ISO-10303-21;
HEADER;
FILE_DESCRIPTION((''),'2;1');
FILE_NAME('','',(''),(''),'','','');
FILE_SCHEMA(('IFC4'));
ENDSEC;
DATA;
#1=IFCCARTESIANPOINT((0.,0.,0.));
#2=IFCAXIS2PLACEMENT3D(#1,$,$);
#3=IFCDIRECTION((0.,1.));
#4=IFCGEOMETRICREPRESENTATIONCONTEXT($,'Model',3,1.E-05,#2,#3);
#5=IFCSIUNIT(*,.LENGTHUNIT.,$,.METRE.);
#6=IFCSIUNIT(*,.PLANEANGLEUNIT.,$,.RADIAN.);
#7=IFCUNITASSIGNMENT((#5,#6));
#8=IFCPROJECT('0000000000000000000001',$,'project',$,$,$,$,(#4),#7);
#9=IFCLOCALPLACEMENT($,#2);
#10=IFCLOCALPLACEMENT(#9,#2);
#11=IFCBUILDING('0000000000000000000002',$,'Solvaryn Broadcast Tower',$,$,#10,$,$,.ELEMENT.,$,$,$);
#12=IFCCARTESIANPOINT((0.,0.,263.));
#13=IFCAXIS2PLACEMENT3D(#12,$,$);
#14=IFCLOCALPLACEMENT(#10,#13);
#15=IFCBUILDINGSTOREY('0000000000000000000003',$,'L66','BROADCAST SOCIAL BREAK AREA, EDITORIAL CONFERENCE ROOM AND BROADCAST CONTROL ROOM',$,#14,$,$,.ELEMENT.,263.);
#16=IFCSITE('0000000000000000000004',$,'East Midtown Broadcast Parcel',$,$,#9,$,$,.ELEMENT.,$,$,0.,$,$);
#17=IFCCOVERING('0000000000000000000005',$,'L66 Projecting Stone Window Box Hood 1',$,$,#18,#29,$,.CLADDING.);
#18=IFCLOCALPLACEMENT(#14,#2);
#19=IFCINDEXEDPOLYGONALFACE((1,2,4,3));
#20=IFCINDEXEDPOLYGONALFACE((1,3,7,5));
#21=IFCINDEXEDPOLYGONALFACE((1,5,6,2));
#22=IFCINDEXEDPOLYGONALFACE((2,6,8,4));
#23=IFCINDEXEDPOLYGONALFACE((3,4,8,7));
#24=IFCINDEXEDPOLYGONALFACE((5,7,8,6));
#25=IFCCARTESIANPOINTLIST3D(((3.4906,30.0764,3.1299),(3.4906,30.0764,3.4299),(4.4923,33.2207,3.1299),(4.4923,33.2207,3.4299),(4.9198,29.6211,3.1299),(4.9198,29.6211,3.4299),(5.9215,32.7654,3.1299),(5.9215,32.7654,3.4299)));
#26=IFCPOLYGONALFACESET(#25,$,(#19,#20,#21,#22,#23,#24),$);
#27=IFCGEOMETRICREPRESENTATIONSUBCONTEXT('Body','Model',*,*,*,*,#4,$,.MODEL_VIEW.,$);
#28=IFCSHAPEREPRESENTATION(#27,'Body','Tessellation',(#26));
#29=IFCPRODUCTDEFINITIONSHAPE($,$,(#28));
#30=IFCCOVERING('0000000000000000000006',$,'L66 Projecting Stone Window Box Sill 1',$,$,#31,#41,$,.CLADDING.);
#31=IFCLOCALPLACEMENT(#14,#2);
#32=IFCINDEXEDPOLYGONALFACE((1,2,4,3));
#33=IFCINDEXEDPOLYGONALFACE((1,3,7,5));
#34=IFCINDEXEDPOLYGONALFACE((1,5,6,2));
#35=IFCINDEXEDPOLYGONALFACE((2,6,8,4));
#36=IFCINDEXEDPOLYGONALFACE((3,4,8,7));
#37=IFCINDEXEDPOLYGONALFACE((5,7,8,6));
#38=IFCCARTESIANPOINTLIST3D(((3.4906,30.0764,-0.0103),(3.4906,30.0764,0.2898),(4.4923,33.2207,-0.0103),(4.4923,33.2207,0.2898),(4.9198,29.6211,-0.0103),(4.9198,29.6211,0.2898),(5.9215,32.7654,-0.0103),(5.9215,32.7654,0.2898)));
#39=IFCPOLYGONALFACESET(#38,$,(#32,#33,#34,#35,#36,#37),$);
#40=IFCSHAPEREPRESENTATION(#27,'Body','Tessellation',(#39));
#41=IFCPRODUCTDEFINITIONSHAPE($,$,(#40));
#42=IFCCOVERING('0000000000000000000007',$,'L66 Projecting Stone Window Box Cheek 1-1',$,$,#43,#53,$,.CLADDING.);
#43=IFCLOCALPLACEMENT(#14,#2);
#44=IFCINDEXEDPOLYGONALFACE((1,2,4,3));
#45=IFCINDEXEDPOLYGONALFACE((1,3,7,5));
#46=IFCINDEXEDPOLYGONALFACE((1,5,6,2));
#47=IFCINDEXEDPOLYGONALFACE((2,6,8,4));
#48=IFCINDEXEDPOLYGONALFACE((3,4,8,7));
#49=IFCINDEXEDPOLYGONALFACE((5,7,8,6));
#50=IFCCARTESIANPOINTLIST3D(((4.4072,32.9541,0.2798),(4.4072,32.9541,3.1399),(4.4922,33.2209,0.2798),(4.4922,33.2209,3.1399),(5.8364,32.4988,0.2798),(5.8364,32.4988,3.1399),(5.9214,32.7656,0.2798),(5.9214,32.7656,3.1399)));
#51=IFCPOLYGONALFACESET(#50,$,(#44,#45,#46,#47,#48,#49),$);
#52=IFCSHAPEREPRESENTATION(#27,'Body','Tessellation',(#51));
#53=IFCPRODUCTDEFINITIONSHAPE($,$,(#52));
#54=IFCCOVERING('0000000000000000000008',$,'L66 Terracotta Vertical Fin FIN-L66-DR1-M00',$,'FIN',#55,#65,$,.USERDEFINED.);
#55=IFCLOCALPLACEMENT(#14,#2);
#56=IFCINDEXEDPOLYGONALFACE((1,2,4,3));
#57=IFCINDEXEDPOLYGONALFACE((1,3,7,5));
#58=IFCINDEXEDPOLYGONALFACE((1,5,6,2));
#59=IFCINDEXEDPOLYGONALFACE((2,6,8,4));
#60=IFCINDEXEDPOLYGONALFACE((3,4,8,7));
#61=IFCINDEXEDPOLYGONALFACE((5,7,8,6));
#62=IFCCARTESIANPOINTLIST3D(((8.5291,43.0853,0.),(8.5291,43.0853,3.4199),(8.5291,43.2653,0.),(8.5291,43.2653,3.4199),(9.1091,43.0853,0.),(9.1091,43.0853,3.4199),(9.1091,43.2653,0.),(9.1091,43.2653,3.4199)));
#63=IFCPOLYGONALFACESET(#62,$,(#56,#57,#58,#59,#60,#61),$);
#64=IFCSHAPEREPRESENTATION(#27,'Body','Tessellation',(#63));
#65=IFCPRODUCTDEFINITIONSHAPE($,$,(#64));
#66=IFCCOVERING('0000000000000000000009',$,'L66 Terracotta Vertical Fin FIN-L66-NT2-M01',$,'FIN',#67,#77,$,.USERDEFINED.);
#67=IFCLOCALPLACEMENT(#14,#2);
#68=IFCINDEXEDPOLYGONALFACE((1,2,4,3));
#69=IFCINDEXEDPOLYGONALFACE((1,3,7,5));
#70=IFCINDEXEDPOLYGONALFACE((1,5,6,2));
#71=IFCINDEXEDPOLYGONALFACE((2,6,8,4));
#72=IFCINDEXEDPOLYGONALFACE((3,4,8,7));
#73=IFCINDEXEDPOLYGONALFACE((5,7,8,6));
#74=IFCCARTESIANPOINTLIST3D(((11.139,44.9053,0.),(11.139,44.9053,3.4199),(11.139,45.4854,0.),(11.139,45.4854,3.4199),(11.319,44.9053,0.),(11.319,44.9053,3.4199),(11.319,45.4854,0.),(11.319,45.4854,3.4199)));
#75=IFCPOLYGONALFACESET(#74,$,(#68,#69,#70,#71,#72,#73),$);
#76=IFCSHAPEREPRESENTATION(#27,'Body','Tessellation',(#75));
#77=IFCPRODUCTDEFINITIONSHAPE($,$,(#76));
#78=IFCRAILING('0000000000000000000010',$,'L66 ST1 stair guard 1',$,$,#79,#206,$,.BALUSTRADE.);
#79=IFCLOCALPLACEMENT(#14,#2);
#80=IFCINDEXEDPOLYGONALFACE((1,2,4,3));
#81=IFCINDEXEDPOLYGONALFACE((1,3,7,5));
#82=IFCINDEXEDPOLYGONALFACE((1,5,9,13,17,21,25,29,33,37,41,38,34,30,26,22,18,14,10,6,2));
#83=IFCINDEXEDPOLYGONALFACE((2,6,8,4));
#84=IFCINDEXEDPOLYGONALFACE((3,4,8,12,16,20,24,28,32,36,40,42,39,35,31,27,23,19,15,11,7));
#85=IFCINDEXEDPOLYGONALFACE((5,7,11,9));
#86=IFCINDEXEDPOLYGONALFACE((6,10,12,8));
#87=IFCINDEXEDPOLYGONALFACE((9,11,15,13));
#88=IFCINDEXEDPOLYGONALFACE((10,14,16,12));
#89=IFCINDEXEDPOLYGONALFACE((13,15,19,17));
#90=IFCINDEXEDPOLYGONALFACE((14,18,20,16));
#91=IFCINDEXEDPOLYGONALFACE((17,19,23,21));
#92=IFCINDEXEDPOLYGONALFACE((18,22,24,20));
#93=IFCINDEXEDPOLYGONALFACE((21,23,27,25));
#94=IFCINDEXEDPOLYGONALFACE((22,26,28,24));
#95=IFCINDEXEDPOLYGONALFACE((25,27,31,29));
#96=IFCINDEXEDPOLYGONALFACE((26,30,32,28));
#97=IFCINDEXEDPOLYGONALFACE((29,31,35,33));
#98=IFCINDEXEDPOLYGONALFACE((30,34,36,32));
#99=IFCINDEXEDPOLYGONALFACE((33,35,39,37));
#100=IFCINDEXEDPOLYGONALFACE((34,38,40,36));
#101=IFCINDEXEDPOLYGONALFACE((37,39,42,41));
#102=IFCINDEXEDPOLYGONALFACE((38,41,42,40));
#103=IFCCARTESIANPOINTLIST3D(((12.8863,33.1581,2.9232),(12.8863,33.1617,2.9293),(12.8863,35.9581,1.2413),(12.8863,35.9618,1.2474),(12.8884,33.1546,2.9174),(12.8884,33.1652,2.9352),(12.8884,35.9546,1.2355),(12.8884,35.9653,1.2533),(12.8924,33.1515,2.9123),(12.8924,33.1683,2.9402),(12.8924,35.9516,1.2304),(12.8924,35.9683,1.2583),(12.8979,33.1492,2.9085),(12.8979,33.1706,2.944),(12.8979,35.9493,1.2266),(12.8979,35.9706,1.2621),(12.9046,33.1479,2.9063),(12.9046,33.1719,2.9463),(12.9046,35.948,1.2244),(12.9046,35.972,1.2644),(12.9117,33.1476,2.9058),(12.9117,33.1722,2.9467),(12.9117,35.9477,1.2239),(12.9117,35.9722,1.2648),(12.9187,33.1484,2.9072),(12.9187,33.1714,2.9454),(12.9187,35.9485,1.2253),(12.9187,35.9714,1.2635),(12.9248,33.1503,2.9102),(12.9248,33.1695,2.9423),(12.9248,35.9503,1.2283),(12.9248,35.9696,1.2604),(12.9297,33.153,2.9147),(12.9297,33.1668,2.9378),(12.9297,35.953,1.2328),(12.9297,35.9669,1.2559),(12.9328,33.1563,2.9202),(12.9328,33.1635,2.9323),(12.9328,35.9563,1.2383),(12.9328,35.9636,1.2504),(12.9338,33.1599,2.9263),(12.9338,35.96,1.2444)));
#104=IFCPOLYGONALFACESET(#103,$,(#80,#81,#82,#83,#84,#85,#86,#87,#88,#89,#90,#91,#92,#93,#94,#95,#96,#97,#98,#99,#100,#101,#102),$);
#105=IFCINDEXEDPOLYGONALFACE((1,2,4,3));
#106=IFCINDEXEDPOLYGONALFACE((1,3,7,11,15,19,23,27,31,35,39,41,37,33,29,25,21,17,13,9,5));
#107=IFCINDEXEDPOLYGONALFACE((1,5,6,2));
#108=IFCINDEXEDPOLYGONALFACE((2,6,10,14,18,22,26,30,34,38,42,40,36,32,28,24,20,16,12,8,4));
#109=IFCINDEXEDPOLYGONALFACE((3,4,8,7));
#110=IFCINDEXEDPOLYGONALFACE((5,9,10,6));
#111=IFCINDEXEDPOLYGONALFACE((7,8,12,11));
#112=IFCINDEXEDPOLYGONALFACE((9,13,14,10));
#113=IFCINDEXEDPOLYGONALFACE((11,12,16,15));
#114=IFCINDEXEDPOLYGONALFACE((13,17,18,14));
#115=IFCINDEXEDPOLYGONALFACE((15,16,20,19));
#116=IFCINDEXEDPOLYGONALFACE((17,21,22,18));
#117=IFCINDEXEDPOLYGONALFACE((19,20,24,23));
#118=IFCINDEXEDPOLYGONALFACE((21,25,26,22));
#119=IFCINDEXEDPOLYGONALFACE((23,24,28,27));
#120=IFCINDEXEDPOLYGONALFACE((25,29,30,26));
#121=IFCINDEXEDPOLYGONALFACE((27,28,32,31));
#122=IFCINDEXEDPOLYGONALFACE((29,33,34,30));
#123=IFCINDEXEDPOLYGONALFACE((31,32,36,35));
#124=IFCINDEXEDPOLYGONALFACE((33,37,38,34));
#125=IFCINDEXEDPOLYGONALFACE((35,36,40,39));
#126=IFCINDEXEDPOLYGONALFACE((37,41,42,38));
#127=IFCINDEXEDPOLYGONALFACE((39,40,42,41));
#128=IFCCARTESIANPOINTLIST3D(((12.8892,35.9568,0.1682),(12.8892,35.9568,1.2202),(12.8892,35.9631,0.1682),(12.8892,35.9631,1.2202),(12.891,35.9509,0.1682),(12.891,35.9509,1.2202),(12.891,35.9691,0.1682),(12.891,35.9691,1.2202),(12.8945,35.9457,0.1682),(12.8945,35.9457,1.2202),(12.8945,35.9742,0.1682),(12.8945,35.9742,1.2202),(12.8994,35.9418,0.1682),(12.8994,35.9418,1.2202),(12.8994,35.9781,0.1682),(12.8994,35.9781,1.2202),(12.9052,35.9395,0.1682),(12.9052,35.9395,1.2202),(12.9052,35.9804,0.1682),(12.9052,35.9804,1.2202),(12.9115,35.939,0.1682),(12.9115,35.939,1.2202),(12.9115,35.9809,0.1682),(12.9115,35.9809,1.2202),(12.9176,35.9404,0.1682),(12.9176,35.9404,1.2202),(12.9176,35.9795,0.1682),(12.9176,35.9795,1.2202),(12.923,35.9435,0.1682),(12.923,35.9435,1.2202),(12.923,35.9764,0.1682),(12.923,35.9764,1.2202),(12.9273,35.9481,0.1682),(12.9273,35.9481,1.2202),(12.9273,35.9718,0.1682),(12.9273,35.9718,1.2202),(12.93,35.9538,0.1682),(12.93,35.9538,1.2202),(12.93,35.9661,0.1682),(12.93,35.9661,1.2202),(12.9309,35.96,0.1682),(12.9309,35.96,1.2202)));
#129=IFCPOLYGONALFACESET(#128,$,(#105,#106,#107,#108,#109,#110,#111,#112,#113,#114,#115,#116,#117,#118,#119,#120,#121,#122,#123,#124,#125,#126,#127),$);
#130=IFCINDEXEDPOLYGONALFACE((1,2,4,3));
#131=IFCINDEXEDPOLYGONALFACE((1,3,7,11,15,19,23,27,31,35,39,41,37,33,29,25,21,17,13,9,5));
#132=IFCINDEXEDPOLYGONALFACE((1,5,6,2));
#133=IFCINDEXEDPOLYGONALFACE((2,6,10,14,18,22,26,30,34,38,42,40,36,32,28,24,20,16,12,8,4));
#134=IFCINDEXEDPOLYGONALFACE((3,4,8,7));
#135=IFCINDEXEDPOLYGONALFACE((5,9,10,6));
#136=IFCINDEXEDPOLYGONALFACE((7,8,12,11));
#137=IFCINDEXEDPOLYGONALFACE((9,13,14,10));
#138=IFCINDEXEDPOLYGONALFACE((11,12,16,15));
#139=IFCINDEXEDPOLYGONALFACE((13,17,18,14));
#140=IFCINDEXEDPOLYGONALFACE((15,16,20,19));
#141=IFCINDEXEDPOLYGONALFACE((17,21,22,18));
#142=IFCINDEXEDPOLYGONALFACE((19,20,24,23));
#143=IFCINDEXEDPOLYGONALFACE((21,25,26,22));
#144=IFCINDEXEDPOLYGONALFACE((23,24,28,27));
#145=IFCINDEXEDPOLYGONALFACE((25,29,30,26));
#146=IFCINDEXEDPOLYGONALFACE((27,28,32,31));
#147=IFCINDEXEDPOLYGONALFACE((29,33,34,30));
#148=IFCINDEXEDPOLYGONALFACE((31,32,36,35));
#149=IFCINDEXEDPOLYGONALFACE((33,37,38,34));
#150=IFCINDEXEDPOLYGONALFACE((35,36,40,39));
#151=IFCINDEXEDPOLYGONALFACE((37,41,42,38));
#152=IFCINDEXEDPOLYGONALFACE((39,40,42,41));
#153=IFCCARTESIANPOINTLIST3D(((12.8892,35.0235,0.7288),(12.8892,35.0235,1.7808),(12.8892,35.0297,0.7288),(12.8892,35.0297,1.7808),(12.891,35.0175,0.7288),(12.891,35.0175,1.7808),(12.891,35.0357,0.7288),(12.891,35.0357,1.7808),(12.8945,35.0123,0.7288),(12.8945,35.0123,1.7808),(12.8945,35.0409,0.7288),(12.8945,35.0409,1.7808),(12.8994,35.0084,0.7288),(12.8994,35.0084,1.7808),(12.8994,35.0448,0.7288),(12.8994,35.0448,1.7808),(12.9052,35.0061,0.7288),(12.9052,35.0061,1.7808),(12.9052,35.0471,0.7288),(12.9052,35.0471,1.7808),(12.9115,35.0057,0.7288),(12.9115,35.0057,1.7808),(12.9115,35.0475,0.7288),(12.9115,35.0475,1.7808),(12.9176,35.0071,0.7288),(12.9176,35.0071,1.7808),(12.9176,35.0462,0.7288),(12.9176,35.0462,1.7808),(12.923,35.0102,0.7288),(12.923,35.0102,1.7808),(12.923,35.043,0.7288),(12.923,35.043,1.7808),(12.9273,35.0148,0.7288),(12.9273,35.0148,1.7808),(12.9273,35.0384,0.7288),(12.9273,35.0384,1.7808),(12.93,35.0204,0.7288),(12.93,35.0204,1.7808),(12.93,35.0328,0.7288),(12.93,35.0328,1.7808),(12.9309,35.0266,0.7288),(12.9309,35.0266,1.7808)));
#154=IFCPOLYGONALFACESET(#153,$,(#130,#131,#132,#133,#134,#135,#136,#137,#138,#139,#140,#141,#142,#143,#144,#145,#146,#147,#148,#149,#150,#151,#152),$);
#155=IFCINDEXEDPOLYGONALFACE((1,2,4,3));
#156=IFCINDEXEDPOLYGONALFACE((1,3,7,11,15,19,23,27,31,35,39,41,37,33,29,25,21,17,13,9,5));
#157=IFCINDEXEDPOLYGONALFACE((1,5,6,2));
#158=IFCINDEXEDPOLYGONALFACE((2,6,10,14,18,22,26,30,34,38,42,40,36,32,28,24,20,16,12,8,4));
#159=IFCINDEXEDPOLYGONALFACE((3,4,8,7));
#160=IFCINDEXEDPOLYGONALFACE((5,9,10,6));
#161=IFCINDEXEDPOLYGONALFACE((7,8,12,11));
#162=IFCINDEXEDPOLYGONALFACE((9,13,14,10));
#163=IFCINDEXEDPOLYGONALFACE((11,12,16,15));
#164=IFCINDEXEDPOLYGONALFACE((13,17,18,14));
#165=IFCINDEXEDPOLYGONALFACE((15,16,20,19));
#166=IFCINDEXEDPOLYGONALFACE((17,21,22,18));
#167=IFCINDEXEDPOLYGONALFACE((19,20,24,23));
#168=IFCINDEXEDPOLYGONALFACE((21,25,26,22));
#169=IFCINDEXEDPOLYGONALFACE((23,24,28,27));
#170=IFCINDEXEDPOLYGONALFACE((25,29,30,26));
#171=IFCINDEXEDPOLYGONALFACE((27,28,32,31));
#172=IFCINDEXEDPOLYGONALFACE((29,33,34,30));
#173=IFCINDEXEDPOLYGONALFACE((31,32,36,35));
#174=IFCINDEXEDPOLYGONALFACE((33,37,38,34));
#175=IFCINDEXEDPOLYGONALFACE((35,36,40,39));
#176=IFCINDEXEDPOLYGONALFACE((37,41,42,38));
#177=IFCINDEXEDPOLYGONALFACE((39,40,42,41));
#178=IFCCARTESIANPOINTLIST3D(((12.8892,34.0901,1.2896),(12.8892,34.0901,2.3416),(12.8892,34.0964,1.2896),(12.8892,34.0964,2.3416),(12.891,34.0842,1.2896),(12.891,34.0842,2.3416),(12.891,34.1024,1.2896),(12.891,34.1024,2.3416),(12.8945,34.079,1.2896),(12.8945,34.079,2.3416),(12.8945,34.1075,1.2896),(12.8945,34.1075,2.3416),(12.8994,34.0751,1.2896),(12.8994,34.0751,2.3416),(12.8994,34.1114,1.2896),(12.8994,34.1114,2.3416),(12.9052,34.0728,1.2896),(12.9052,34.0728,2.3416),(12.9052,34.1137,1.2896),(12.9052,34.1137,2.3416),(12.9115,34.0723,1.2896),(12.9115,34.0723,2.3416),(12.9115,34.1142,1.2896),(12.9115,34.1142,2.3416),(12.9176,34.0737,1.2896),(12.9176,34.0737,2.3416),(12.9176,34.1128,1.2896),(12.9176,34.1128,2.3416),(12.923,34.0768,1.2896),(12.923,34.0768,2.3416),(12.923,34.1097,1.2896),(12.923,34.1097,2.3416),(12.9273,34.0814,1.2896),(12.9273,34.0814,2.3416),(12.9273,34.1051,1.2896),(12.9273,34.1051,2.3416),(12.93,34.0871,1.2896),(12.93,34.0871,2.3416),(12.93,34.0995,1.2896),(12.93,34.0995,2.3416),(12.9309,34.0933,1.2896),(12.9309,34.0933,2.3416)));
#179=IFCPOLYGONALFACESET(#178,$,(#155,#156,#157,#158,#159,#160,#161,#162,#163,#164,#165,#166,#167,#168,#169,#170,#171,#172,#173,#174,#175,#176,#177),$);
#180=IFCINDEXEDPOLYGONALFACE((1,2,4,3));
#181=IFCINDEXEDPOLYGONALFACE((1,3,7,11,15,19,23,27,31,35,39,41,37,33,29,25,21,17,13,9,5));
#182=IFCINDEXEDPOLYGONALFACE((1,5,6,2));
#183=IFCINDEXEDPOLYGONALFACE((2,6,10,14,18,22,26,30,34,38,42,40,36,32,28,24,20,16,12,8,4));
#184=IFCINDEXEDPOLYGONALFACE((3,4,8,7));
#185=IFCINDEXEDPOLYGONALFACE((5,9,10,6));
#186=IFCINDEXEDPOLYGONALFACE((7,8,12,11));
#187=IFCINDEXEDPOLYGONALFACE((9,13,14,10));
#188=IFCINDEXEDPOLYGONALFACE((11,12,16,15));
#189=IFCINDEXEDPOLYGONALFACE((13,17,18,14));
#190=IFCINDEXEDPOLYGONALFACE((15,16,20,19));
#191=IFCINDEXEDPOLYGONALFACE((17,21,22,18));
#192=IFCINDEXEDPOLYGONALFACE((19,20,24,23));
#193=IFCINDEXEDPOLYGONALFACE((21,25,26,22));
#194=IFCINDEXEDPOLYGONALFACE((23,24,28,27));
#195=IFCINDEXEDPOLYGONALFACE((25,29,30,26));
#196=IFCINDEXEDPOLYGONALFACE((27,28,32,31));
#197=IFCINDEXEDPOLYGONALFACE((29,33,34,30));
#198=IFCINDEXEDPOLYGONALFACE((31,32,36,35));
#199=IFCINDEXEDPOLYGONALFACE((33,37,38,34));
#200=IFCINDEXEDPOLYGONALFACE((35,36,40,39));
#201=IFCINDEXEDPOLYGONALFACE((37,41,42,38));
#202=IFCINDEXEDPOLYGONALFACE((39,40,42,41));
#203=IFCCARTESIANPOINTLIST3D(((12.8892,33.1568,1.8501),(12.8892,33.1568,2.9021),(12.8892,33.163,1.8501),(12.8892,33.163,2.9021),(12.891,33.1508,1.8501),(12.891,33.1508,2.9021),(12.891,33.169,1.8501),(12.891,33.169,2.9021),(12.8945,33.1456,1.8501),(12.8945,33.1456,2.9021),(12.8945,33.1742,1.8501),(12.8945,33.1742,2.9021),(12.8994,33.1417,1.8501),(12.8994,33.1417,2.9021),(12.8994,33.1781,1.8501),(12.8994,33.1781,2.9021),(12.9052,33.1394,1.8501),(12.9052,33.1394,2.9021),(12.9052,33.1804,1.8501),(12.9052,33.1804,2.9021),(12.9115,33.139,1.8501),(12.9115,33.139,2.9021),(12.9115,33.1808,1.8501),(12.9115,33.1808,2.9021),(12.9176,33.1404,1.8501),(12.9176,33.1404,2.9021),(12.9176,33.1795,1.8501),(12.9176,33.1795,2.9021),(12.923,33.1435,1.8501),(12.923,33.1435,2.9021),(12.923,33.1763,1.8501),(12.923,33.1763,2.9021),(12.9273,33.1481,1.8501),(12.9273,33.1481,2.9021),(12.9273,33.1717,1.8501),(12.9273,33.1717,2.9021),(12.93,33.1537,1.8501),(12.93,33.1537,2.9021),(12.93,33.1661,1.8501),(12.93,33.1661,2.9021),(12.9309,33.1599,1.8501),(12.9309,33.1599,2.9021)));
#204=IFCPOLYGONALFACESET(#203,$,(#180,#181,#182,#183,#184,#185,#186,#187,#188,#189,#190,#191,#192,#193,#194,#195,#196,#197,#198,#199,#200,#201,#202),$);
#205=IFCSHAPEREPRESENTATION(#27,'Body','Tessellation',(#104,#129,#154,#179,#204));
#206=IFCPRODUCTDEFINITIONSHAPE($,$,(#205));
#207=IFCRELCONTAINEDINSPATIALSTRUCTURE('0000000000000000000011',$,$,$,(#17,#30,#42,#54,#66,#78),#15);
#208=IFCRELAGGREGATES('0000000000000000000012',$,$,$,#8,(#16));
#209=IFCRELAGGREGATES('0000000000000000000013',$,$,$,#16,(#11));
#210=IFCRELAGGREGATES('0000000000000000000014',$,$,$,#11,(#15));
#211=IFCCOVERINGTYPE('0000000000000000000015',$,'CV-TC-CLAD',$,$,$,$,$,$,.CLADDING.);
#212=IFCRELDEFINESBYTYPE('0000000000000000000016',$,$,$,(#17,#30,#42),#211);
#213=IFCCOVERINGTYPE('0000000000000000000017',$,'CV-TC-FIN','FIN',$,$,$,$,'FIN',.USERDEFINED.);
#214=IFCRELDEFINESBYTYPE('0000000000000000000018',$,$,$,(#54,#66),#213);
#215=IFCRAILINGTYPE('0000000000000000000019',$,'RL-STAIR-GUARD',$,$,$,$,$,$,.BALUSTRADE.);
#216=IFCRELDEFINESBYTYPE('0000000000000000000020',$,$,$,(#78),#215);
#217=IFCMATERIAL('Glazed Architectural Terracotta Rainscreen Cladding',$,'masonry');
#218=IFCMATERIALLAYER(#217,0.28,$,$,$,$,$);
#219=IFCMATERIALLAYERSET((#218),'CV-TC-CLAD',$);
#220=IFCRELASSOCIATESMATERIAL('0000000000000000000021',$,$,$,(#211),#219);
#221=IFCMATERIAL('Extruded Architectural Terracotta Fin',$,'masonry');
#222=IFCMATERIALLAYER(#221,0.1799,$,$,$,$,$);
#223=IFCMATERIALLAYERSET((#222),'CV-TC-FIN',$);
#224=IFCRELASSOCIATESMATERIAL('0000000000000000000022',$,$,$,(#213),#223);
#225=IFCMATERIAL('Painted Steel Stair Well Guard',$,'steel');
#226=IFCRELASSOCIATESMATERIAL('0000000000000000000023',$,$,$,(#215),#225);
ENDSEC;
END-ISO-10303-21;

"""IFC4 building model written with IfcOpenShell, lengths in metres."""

from ifc_helpers import new_model, si_unit, direction, frame, origin, origin_2d, place, context, subcontext, project, spatial, rectangle, circle, extrude, material, layer, layer_set, type_object, element, save


model = new_model("IFC4")

# Units and contexts
model_context = context("Model", 3, precision=1e-05, world=origin(), true_north=direction((0.0, 1.0)))
body_context = subcontext(model_context, "Body", "Model", "MODEL_VIEW")
ifc_project = project(units=[si_unit("LENGTHUNIT", "METRE"), si_unit("PLANEANGLEUNIT", "RADIAN")], contexts=[model_context])

# Site, building, storey
site_placement = place(None, origin())
site = spatial("IfcSite", under=ifc_project, at=site_placement, Name="East Midtown Broadcast Parcel", CompositionType="ELEMENT", RefElevation=0.0)
building_placement = place(site_placement, origin())
building = spatial("IfcBuilding", under=site, at=building_placement, Name="Solvaryn Broadcast Tower", CompositionType="ELEMENT")
storey_placement = place(building_placement, frame((0.0, 0.0, 263.0)))
storey = spatial("IfcBuildingStorey", under=building, at=storey_placement, Name="L66", Description="BROADCAST SOCIAL BREAK AREA, EDITORIAL CONFERENCE ROOM AND BROADCAST CONTROL ROOM", CompositionType="ELEMENT", Elevation=263.0)

# Coverings
ifc_material_1 = material(Name="Glazed Architectural Terracotta Rainscreen Cladding", Category="masonry")
ifc_layer_1 = layer(ifc_material_1, 0.28)
ifc_layer_set_1 = layer_set([ifc_layer_1], Name="CV-TC-CLAD")
covering_type_1 = type_object("IfcCoveringType", Name="CV-TC-CLAD", PredefinedType="CLADDING", material=ifc_layer_set_1)
for number, where, z_axis, x_axis, name in (
    (1, (4.7061, 31.4209, 3.1299), (0.0, 0.0, 1.0), (-0.303534, -0.952821, 0.0), "L66 Projecting Stone Window Box Hood 1"),
    (2, (4.7061, 31.4209, -0.0103), (0.0, 0.0, 1.0), (-0.303534, -0.952821, 0.0), "L66 Projecting Stone Window Box Sill 1"),
):
    element("IfcCovering", number, at=place(storey_placement, frame(where, z_axis=z_axis, x_axis=x_axis)), inside=storey, type_object=covering_type_1, Name=name, PredefinedType="CLADDING", context=body_context, shape_type="SweptSolid", body=[
        extrude(rectangle(XDim=3.3, YDim=1.5, at=origin_2d()), origin(), (0.0, 0.0, 1.0), 0.3),
    ])
covering_1_placement = place(storey_placement, frame((5.1643, 32.8599, 0.2798), z_axis=(0.0, 0.0, 1.0), x_axis=(-0.303534, -0.952821, 0.0)))
element("IfcCovering", 3, at=covering_1_placement, inside=storey, type_object=covering_type_1, Name="L66 Projecting Stone Window Box Cheek 1-1", PredefinedType="CLADDING", context=body_context, shape_type="SweptSolid", body=[
    extrude(rectangle(XDim=0.28, YDim=1.5, at=origin_2d()), origin(), (0.0, 0.0, 1.0), 2.8601),
])
ifc_material_2 = material(Name="Extruded Architectural Terracotta Fin", Category="masonry")
ifc_layer_2 = layer(ifc_material_2, 0.1799)
ifc_layer_set_2 = layer_set([ifc_layer_2], Name="CV-TC-FIN")
covering_type_2 = type_object("IfcCoveringType", Name="CV-TC-FIN", Description="FIN", ElementType="FIN", PredefinedType="USERDEFINED", material=ifc_layer_set_2)
covering_2_placement = place(storey_placement, frame((8.8191, 43.1753, 0.0), z_axis=(0.0, 0.0, 1.0), x_axis=(1.0, 0.0, 0.0)))
element("IfcCovering", 4, at=covering_2_placement, inside=storey, type_object=covering_type_2, Name="L66 Terracotta Vertical Fin FIN-L66-DR1-M00", ObjectType="FIN", PredefinedType="USERDEFINED", context=body_context, shape_type="SweptSolid", body=[
    extrude(rectangle(XDim=0.5801, YDim=0.1799, at=origin_2d()), origin(), (0.0, 0.0, 1.0), 3.4199),
])
covering_3_placement = place(storey_placement, frame((11.229, 45.1953, 0.0), z_axis=(0.0, 0.0, 1.0), x_axis=(1.0, 0.0, 0.0)))
element("IfcCovering", 5, at=covering_3_placement, inside=storey, type_object=covering_type_2, Name="L66 Terracotta Vertical Fin FIN-L66-NT2-M01", ObjectType="FIN", PredefinedType="USERDEFINED", context=body_context, shape_type="SweptSolid", body=[
    extrude(rectangle(XDim=0.1799, YDim=0.5801, at=origin_2d()), origin(), (0.0, 0.0, 1.0), 3.4199),
])

# Railing
ifc_material_3 = material(Name="Painted Steel Stair Well Guard", Category="steel")
railing_type_1 = type_object("IfcRailingType", Name="RL-STAIR-GUARD", PredefinedType="BALUSTRADE", material=ifc_material_3)
railing_1_placement = place(storey_placement, frame((12.9099, 35.96, 0.1682)))
element("IfcRailing", 6, at=railing_1_placement, inside=storey, type_object=railing_type_1, Name="L66 ST1 stair guard 1", PredefinedType="BALUSTRADE", context=body_context, shape_type="SweptSolid", body=[
    extrude(circle(Radius=0.0239, at=origin_2d()), frame((0.0, 0.0, 1.0762), z_axis=(0.0, -0.857242, 0.514913), x_axis=(1.0, 0.0, 0.0)), (0.0, 0.0, 1.0), 3.2664),
    extrude(circle(Radius=0.021, at=origin_2d()), origin(), (0.0, 0.0, 1.0), 1.052),
    extrude(circle(Radius=0.021, at=origin_2d()), frame((0.0, -0.9333, 0.5605)), (0.0, 0.0, 1.0), 1.052),
    extrude(circle(Radius=0.021, at=origin_2d()), frame((0.0, -1.8667, 1.1213)), (0.0, 0.0, 1.0), 1.052),
    extrude(circle(Radius=0.021, at=origin_2d()), frame((0.0, -2.8, 1.6819)), (0.0, 0.0, 1.0), 1.052),
])

save(model, "model.ifc")
